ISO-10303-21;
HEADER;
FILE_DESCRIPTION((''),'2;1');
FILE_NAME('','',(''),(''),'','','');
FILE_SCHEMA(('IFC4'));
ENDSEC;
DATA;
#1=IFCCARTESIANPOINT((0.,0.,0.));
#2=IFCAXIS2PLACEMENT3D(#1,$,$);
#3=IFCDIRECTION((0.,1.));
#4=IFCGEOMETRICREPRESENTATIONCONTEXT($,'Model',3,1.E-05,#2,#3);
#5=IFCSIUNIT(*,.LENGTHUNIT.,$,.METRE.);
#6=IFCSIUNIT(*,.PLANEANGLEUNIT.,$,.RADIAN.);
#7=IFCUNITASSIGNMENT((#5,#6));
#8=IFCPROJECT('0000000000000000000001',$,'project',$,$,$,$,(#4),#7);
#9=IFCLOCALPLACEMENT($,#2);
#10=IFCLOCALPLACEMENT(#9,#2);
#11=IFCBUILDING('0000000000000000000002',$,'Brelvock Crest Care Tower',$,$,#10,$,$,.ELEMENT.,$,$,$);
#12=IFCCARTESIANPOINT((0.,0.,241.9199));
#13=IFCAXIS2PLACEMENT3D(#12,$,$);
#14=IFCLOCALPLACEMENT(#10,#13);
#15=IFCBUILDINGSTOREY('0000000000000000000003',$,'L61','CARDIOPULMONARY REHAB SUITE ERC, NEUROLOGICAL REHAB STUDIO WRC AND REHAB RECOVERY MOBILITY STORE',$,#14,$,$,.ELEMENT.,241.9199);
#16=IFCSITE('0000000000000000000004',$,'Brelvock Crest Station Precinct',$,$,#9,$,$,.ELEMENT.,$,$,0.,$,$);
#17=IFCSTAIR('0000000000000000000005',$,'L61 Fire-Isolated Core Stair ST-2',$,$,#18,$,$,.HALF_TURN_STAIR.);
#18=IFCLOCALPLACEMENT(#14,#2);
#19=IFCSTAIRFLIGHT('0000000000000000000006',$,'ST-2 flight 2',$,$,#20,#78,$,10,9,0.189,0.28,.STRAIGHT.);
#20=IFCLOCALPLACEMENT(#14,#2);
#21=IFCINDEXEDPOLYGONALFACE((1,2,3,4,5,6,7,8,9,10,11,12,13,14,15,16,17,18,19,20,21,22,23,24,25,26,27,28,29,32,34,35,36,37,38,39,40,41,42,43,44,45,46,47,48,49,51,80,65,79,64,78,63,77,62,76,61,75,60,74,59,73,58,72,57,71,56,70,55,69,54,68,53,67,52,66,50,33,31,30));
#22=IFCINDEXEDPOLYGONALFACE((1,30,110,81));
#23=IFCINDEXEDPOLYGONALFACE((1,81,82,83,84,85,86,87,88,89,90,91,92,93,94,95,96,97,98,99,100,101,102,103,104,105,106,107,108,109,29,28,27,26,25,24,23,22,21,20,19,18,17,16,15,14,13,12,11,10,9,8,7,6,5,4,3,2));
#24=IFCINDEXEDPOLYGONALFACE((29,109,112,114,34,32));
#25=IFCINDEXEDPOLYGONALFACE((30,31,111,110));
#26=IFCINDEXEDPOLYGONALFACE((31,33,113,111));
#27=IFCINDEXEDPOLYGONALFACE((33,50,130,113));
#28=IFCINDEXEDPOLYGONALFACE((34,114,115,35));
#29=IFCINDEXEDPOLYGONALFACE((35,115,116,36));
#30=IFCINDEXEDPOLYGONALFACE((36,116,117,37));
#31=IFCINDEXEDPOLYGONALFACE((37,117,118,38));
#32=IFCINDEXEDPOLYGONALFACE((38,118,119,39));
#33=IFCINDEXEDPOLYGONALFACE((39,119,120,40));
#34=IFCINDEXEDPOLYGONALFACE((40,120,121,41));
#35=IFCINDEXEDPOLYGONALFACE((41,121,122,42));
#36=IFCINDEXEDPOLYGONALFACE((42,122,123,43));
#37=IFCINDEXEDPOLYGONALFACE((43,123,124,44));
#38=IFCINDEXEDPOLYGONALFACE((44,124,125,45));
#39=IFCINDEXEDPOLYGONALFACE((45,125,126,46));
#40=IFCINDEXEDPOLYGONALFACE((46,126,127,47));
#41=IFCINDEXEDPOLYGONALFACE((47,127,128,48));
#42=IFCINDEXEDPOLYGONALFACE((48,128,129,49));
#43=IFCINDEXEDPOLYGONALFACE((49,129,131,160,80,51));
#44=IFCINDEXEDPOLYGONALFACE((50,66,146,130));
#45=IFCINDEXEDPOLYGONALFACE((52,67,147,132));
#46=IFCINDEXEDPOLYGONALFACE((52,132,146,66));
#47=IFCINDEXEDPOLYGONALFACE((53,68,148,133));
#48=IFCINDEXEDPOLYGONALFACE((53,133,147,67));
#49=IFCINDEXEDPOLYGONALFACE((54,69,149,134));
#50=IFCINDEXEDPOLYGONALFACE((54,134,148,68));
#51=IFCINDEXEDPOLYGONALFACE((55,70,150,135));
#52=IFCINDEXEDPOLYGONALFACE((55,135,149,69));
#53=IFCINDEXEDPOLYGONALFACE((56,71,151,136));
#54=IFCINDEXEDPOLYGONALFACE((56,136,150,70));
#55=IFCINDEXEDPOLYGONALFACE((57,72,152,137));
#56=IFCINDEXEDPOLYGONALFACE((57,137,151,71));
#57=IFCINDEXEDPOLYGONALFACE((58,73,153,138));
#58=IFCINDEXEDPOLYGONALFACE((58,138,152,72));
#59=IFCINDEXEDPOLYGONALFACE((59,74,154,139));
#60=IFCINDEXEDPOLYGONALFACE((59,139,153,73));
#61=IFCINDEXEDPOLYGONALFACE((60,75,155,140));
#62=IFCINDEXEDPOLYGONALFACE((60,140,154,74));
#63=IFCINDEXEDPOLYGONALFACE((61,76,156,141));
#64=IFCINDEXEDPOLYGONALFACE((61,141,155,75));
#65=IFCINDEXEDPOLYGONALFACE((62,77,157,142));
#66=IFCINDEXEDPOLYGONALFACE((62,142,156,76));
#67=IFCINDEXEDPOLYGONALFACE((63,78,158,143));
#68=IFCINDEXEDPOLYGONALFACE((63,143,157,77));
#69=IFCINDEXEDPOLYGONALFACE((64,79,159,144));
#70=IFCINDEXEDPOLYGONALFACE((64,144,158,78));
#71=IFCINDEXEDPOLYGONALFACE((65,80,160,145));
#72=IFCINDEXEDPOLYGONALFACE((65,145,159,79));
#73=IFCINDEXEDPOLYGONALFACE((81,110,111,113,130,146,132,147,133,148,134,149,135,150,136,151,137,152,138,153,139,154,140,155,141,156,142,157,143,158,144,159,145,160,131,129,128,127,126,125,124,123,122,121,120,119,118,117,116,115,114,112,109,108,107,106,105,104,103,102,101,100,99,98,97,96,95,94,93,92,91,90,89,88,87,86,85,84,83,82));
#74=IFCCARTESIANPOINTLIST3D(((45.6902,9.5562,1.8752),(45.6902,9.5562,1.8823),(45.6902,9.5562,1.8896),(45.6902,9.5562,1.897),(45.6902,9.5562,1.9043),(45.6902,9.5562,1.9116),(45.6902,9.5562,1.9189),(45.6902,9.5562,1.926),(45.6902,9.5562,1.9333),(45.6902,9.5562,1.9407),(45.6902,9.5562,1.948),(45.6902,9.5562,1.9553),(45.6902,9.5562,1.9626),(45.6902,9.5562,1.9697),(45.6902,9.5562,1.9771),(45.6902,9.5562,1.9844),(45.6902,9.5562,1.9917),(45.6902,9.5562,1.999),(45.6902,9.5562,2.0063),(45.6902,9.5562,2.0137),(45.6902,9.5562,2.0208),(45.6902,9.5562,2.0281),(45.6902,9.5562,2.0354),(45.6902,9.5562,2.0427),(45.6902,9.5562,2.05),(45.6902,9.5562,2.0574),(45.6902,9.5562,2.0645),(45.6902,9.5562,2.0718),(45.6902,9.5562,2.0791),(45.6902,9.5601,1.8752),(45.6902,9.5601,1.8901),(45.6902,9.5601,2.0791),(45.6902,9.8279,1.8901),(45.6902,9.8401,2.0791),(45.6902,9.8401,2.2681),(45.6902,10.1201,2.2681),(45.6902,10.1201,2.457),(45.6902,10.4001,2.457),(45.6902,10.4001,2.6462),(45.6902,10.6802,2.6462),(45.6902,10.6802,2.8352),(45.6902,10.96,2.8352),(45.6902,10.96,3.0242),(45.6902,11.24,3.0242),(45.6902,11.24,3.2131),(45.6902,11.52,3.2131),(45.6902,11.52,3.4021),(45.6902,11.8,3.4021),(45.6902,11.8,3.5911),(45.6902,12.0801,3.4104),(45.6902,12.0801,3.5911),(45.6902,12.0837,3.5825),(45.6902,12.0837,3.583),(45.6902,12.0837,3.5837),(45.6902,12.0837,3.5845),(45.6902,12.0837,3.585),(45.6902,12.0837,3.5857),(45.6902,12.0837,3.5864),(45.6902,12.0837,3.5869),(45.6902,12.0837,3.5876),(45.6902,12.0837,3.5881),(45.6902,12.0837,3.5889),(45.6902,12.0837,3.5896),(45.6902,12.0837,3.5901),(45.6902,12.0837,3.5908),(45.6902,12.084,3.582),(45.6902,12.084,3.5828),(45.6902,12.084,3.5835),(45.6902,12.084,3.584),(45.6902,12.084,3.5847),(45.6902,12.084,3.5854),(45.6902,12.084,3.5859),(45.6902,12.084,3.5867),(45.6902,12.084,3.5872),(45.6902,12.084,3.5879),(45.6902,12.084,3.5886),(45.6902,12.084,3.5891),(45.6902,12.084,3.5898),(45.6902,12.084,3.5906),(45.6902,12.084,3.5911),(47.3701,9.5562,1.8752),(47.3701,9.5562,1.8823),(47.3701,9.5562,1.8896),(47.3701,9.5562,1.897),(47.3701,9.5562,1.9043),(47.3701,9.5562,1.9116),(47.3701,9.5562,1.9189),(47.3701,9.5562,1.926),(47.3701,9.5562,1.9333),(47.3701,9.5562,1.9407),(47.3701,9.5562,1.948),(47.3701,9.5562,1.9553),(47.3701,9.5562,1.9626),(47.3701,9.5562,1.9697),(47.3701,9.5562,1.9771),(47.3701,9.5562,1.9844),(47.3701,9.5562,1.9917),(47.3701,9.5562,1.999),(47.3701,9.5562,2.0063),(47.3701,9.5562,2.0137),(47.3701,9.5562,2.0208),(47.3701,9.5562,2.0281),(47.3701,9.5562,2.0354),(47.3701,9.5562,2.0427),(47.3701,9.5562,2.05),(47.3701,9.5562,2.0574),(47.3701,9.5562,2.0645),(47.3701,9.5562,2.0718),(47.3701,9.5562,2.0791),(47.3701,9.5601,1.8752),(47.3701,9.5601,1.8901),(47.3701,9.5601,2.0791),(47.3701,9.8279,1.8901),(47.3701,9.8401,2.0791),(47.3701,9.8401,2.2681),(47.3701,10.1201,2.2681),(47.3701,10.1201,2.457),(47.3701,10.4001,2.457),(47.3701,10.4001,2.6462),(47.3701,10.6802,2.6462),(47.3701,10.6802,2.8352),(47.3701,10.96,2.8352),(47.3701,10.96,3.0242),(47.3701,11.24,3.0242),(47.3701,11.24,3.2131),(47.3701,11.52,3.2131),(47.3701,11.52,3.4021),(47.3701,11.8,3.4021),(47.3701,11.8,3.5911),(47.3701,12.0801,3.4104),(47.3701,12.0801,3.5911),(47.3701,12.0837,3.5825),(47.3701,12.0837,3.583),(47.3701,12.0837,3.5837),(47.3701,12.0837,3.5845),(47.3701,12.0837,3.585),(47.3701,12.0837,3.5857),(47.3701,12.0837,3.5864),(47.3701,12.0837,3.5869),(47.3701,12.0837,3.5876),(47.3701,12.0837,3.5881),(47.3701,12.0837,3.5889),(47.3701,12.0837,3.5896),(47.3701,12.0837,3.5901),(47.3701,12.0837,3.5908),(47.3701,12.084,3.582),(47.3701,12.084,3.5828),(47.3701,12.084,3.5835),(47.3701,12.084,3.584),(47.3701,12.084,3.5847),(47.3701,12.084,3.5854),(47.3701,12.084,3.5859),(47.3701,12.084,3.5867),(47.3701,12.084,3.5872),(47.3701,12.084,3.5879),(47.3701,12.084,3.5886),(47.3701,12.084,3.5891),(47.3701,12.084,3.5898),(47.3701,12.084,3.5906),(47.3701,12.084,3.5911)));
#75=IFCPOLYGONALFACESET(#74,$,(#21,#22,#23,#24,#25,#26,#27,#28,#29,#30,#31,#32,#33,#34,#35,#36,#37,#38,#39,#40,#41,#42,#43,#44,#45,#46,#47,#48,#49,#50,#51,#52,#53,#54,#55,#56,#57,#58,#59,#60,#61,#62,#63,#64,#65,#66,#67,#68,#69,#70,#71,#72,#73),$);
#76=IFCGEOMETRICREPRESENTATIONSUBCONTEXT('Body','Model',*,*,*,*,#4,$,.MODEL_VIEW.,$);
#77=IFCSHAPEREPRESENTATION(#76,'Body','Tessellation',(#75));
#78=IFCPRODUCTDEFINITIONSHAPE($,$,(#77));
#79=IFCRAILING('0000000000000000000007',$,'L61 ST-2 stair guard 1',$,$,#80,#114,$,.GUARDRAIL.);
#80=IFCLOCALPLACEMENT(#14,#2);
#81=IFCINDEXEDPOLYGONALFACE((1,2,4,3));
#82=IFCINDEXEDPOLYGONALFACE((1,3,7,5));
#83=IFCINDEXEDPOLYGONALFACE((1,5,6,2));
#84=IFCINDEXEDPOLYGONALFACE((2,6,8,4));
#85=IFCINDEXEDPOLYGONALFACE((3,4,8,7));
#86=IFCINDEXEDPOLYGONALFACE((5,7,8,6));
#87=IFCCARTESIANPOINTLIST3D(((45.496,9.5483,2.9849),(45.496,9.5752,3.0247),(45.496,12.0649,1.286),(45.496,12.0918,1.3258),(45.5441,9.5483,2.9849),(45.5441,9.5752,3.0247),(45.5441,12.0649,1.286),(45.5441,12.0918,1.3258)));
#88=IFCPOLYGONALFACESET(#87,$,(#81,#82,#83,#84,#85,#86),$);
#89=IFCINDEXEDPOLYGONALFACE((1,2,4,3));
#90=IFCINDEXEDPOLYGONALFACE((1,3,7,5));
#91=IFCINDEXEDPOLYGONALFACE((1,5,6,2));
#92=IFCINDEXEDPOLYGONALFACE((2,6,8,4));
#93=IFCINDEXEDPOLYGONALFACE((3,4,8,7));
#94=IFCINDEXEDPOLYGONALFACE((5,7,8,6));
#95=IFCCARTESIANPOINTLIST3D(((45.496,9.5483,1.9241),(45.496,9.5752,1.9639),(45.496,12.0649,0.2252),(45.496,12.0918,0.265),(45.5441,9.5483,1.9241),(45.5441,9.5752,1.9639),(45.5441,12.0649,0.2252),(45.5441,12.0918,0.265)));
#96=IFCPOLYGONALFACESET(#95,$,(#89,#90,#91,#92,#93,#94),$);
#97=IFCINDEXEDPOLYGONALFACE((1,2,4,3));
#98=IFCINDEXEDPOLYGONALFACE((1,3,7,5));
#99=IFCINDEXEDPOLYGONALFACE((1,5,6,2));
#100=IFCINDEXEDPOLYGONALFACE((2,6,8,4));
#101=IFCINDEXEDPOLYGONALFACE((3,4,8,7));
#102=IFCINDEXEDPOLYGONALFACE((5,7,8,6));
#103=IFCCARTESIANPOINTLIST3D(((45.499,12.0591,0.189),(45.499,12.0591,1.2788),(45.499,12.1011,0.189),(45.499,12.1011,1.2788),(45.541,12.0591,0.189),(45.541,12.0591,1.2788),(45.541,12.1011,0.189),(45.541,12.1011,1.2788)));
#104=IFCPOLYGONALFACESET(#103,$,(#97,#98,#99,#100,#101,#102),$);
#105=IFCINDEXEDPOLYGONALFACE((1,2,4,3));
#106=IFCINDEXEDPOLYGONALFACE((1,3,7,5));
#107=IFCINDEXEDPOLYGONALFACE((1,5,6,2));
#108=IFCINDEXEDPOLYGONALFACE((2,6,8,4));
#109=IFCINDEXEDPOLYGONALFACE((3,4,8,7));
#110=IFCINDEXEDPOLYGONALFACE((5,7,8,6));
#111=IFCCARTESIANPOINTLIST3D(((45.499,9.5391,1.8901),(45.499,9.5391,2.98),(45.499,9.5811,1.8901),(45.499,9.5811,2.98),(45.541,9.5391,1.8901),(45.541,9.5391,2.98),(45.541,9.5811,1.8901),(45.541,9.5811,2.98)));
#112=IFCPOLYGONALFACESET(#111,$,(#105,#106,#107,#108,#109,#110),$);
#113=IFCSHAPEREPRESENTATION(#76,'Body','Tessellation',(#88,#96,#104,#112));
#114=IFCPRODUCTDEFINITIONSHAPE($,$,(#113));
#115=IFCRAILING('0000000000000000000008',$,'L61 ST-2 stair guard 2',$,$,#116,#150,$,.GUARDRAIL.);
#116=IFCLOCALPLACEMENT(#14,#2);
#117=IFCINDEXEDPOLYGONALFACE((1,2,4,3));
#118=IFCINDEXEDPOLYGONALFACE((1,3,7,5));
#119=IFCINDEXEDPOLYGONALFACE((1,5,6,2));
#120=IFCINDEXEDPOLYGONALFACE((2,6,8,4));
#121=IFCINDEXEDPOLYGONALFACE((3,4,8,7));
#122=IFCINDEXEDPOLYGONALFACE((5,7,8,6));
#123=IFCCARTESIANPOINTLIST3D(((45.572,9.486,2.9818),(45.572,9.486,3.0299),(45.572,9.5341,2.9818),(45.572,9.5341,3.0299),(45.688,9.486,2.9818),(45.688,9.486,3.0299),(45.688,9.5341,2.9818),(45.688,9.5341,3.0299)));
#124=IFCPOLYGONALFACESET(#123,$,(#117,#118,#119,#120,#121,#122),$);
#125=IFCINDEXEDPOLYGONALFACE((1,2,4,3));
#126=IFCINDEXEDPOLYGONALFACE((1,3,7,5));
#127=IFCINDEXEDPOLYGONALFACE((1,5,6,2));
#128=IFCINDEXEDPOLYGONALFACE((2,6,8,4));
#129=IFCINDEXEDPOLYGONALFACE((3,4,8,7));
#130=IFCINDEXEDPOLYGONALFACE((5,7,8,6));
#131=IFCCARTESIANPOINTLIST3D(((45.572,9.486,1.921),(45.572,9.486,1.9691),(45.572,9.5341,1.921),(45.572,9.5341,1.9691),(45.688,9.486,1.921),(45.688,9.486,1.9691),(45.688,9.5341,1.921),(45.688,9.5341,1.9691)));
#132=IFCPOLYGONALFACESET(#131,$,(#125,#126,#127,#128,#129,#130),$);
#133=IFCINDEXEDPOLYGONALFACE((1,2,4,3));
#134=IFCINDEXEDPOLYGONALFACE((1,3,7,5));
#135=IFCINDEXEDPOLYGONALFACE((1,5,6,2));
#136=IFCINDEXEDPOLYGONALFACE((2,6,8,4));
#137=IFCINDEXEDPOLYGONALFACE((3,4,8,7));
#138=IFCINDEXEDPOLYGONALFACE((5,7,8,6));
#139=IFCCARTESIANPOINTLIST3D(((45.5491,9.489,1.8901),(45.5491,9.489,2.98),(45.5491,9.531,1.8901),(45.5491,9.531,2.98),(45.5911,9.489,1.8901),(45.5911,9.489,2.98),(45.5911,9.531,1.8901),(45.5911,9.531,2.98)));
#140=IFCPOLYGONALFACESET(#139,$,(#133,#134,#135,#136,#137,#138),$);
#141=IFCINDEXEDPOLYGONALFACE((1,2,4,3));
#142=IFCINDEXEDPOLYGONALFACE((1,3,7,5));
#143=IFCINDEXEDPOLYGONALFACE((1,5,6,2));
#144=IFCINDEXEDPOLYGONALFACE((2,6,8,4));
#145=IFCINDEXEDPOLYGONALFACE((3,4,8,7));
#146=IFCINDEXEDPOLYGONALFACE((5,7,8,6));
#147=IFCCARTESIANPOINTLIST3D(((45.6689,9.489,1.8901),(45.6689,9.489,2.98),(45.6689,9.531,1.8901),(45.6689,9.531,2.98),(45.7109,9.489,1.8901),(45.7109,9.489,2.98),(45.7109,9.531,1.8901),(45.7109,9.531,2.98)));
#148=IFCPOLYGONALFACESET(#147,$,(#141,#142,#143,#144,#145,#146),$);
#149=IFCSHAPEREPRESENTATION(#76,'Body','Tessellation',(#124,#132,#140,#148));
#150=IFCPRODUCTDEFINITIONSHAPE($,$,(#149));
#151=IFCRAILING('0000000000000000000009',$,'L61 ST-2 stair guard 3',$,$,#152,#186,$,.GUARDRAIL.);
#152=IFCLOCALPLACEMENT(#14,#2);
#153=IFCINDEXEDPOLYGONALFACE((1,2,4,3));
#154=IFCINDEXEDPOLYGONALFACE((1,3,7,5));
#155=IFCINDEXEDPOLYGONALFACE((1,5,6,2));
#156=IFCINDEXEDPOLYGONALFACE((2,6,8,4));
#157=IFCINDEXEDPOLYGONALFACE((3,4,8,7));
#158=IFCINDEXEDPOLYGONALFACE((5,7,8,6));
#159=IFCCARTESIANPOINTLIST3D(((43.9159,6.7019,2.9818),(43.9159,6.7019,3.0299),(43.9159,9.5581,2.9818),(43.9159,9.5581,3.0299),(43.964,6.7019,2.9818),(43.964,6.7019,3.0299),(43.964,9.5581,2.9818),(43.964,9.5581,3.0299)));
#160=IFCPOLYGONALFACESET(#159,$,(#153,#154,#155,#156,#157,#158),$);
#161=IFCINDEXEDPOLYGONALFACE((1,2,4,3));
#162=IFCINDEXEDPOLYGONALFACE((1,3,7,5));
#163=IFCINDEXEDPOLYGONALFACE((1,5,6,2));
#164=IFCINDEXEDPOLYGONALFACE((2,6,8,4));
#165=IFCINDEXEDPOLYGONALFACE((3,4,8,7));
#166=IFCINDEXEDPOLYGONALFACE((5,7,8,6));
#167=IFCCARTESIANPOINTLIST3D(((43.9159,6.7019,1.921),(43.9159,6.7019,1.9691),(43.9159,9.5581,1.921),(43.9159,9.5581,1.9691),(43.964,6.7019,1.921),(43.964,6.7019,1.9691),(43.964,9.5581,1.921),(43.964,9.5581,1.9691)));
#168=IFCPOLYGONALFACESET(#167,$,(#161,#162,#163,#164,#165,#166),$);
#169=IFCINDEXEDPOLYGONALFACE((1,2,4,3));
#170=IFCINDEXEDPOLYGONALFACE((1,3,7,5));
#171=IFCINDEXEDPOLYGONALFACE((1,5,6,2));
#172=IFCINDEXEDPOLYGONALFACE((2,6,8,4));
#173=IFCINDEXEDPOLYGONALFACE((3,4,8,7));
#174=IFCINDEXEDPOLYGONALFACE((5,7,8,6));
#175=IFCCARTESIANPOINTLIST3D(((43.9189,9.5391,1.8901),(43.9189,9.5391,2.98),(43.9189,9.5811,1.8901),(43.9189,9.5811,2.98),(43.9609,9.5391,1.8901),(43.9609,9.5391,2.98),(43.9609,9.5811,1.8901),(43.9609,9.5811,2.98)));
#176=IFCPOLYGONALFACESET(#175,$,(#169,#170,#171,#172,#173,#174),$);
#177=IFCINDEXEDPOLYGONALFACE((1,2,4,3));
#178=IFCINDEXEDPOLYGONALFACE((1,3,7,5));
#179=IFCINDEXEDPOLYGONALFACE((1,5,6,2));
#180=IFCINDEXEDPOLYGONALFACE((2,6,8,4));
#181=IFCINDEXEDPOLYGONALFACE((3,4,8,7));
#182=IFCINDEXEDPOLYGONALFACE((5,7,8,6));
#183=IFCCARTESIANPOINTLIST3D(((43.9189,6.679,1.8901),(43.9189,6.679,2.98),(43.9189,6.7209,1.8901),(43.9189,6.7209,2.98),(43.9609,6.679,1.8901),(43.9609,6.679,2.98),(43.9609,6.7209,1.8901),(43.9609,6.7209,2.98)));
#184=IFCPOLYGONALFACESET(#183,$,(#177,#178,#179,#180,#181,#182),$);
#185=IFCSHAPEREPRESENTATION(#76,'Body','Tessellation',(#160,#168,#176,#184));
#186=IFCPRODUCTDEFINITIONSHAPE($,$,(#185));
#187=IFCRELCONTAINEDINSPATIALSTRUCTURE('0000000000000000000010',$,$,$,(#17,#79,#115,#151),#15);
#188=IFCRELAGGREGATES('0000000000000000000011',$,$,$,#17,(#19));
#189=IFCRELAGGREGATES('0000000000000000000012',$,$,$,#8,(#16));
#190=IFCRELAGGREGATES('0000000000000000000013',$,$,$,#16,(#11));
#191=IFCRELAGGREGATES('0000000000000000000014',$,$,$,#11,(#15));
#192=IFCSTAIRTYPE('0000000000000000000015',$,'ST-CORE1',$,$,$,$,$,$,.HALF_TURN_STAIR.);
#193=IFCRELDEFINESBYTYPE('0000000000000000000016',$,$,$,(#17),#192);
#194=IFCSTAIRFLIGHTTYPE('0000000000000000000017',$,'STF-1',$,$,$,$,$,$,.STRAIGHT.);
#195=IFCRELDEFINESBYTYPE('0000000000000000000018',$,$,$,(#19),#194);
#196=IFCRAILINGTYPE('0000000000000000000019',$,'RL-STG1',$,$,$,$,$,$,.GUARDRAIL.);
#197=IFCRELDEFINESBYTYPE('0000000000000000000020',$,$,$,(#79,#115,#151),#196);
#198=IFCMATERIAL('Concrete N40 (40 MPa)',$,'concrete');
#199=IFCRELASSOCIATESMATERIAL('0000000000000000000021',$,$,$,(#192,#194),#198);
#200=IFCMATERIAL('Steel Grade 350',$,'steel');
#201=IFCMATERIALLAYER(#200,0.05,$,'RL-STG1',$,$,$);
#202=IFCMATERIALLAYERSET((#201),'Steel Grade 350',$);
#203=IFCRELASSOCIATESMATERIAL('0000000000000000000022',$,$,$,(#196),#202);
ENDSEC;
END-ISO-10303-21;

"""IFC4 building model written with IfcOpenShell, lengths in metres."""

from ifc_helpers import new_model, si_unit, direction, frame, origin, origin_2d, place, context, subcontext, project, spatial, polyline, rectangle, outline, extrude, material, layer, layer_set, type_object, element, aggregate, save


model = new_model("IFC4")

# Units and contexts
model_context = context("Model", 3, precision=1e-05, world=origin(), true_north=direction((0.0, 1.0)))
body_context = subcontext(model_context, "Body", "Model", "MODEL_VIEW")
ifc_project = project(units=[si_unit("LENGTHUNIT", "METRE"), si_unit("PLANEANGLEUNIT", "RADIAN")], contexts=[model_context])

# Site, building, storey
site_placement = place(None, origin())
site = spatial("IfcSite", under=ifc_project, at=site_placement, Name="Brelvock Crest Station Precinct", CompositionType="ELEMENT", RefElevation=0.0)
building_placement = place(site_placement, origin())
building = spatial("IfcBuilding", under=site, at=building_placement, Name="Brelvock Crest Care Tower", CompositionType="ELEMENT")
storey_placement = place(building_placement, frame((0.0, 0.0, 241.9199)))
storey = spatial("IfcBuildingStorey", under=building, at=storey_placement, Name="L61", Description="CARDIOPULMONARY REHAB SUITE ERC, NEUROLOGICAL REHAB STUDIO WRC AND REHAB RECOVERY MOBILITY STORE", CompositionType="ELEMENT", Elevation=241.9199)

# Shared definitions
ifc_material_1 = material(Name="Steel Grade 350", Category="steel")

# Stair, stair flight
ifc_material_2 = material(Name="Concrete N40 (40 MPa)", Category="concrete")
stair_type = type_object("IfcStairType", Name="ST-CORE1", PredefinedType="HALF_TURN_STAIR", material=ifc_material_2)
stair_placement = place(storey_placement, origin())
stair = element("IfcStair", 1, at=stair_placement, inside=storey, type_object=stair_type, Name="L61 Fire-Isolated Core Stair ST-2", PredefinedType="HALF_TURN_STAIR")
stair_flight_type = type_object("IfcStairFlightType", Name="STF-1", PredefinedType="STRAIGHT", material=ifc_material_2)
stair_flight_1_placement = place(storey_placement, frame((46.53, 9.5601, 1.8901), z_axis=(0.0, 0.0, 1.0), x_axis=(0.0, 1.0, 0.0)))
stair_flight_1 = element("IfcStairFlight", 2, at=stair_flight_1_placement, type_object=stair_flight_type, Name="ST-2 flight 2", NumberOfRisers=10, NumberOfTreads=9, PredefinedType="STRAIGHT", RiserHeight=0.189, TreadLength=0.28, context=body_context, shape_type="SweptSolid", body=[
    extrude(outline(polyline([(-0.0039, -0.0149), (-0.0039, -0.0078), (-0.0039, -0.0005), (-0.0039, 0.0068), (-0.0039, 0.0142), (-0.0039, 0.0215), (-0.0039, 0.0288), (-0.0039, 0.0359), (-0.0039, 0.0432), (-0.0039, 0.0505), (-0.0039, 0.0579), (-0.0039, 0.0652), (-0.0039, 0.0725), (-0.0039, 0.0796), (-0.0039, 0.0869), (-0.0039, 0.0942), (-0.0039, 0.1016), (-0.0039, 0.1089), (-0.0039, 0.1162), (-0.0039, 0.1235), (-0.0039, 0.1306), (-0.0039, 0.1379), (-0.0039, 0.1453), (-0.0039, 0.1526), (-0.0039, 0.1599), (-0.0039, 0.1672), (-0.0039, 0.1743), (-0.0039, 0.1816), (-0.0039, 0.189), (0.0, 0.189), (0.28, 0.189), (0.28, 0.3779), (0.5601, 0.3779), (0.5601, 0.5669), (0.8401, 0.5669), (0.8401, 0.7561), (1.1201, 0.7561), (1.1201, 0.9451), (1.3999, 0.9451), (1.3999, 1.134), (1.6799, 1.134), (1.6799, 1.323), (1.96, 1.323), (1.96, 1.512), (2.24, 1.512), (2.24, 1.7009), (2.52, 1.7009), (2.5239, 1.7009), (2.5237, 1.7007), (2.5239, 1.7004), (2.5237, 1.7), (2.5239, 1.6997), (2.5237, 1.6995), (2.5239, 1.699), (2.5237, 1.6987), (2.5239, 1.6985), (2.5237, 1.698), (2.5239, 1.6978), (2.5237, 1.6975), (2.5239, 1.697), (2.5237, 1.6968), (2.5239, 1.6965), (2.5237, 1.6963), (2.5239, 1.6958), (2.5237, 1.6956), (2.5239, 1.6953), (2.5237, 1.6948), (2.5239, 1.6946), (2.5237, 1.6943), (2.5239, 1.6938), (2.5237, 1.6936), (2.5239, 1.6934), (2.5237, 1.6929), (2.5239, 1.6926), (2.5237, 1.6924), (2.5239, 1.6919), (2.52, 1.5203), (0.2678, 0.0), (0.0, 0.0), (0.0, -0.0149), (-0.0039, -0.0149)])), frame((0.0, 0.8398, 0.0), z_axis=(0.0, -1.0, 0.0), x_axis=(1.0, 0.0, 0.0)), (0.0, 0.0, 1.0), 1.6799),
])
aggregate(stair, [stair_flight_1])

# Railings
ifc_layer_1 = layer(ifc_material_1, 0.05, Name="RL-STG1")
ifc_layer_set_1 = layer_set([ifc_layer_1], Name="Steel Grade 350")
railing_type_1 = type_object("IfcRailingType", Name="RL-STG1", PredefinedType="GUARDRAIL", material=ifc_layer_set_1)
railing_1_placement = place(storey_placement, frame((45.52, 12.0801, 0.189)))
element("IfcRailing", 3, at=railing_1_placement, inside=storey, type_object=railing_type_1, Name="L61 ST-2 stair guard 1", PredefinedType="GUARDRAIL", context=body_context, shape_type="SweptSolid", body=[
    extrude(rectangle(XDim=0.0481, YDim=0.0481, at=origin_2d()), frame((0.0, -0.0017, 1.1169), z_axis=(0.0, -0.828824, 0.559509), x_axis=(1.0, 0.0, 0.0)), (0.0, 0.0, 1.0), 3.0364),
    extrude(rectangle(XDim=0.0481, YDim=0.0481, at=origin_2d()), frame((0.0, -0.0017, 0.0562), z_axis=(0.0, -0.828824, 0.559509), x_axis=(1.0, 0.0, 0.0)), (0.0, 0.0, 1.0), 3.0364),
    extrude(rectangle(XDim=0.042, YDim=0.042, at=origin_2d()), origin(), (0.0, 0.0, 1.0), 1.0898),
    extrude(rectangle(XDim=0.042, YDim=0.042, at=origin_2d()), frame((0.0, -2.52, 1.7012)), (0.0, 0.0, 1.0), 1.0898),
])
railing_2_placement = place(storey_placement, frame((45.5701, 9.51, 1.8901)))
element("IfcRailing", 4, at=railing_2_placement, inside=storey, type_object=railing_type_1, Name="L61 ST-2 stair guard 2", PredefinedType="GUARDRAIL", context=body_context, shape_type="SweptSolid", body=[
    extrude(rectangle(XDim=0.0481, YDim=0.0481, at=origin_2d()), frame((0.002, 0.0, 1.1157), z_axis=(1.0, 0.0, 0.0), x_axis=(0.0, 1.0, 0.0)), (0.0, 0.0, 1.0), 0.116),
    extrude(rectangle(XDim=0.0481, YDim=0.0481, at=origin_2d()), frame((0.002, 0.0, 0.0549), z_axis=(1.0, 0.0, 0.0), x_axis=(0.0, 1.0, 0.0)), (0.0, 0.0, 1.0), 0.116),
    extrude(rectangle(XDim=0.042, YDim=0.042, at=origin_2d()), origin(), (0.0, 0.0, 1.0), 1.0898),
    extrude(rectangle(XDim=0.042, YDim=0.042, at=origin_2d()), frame((0.1199, 0.0, 0.0)), (0.0, 0.0, 1.0), 1.0898),
])
for number, where, name in (
    (5, (43.9399, 9.5601, 1.8901), "L61 ST-2 stair guard 3"),
):
    element("IfcRailing", number, at=place(storey_placement, frame(where)), inside=storey, type_object=railing_type_1, Name=name, PredefinedType="GUARDRAIL", context=body_context, shape_type="SweptSolid", body=[
        extrude(rectangle(XDim=0.0481, YDim=0.0481, at=origin_2d()), frame((0.0, -0.002, 1.1157), z_axis=(0.0, -1.0, 0.0), x_axis=(1.0, 0.0, 0.0)), (0.0, 0.0, 1.0), 2.8562),
        extrude(rectangle(XDim=0.0481, YDim=0.0481, at=origin_2d()), frame((0.0, -0.002, 0.0549), z_axis=(0.0, -1.0, 0.0), x_axis=(1.0, 0.0, 0.0)), (0.0, 0.0, 1.0), 2.8562),
        extrude(rectangle(XDim=0.042, YDim=0.042, at=origin_2d()), origin(), (0.0, 0.0, 1.0), 1.0898),
        extrude(rectangle(XDim=0.042, YDim=0.042, at=origin_2d()), frame((0.0, -2.8601, 0.0)), (0.0, 0.0, 1.0), 1.0898),
    ])

save(model, "model.ifc")
